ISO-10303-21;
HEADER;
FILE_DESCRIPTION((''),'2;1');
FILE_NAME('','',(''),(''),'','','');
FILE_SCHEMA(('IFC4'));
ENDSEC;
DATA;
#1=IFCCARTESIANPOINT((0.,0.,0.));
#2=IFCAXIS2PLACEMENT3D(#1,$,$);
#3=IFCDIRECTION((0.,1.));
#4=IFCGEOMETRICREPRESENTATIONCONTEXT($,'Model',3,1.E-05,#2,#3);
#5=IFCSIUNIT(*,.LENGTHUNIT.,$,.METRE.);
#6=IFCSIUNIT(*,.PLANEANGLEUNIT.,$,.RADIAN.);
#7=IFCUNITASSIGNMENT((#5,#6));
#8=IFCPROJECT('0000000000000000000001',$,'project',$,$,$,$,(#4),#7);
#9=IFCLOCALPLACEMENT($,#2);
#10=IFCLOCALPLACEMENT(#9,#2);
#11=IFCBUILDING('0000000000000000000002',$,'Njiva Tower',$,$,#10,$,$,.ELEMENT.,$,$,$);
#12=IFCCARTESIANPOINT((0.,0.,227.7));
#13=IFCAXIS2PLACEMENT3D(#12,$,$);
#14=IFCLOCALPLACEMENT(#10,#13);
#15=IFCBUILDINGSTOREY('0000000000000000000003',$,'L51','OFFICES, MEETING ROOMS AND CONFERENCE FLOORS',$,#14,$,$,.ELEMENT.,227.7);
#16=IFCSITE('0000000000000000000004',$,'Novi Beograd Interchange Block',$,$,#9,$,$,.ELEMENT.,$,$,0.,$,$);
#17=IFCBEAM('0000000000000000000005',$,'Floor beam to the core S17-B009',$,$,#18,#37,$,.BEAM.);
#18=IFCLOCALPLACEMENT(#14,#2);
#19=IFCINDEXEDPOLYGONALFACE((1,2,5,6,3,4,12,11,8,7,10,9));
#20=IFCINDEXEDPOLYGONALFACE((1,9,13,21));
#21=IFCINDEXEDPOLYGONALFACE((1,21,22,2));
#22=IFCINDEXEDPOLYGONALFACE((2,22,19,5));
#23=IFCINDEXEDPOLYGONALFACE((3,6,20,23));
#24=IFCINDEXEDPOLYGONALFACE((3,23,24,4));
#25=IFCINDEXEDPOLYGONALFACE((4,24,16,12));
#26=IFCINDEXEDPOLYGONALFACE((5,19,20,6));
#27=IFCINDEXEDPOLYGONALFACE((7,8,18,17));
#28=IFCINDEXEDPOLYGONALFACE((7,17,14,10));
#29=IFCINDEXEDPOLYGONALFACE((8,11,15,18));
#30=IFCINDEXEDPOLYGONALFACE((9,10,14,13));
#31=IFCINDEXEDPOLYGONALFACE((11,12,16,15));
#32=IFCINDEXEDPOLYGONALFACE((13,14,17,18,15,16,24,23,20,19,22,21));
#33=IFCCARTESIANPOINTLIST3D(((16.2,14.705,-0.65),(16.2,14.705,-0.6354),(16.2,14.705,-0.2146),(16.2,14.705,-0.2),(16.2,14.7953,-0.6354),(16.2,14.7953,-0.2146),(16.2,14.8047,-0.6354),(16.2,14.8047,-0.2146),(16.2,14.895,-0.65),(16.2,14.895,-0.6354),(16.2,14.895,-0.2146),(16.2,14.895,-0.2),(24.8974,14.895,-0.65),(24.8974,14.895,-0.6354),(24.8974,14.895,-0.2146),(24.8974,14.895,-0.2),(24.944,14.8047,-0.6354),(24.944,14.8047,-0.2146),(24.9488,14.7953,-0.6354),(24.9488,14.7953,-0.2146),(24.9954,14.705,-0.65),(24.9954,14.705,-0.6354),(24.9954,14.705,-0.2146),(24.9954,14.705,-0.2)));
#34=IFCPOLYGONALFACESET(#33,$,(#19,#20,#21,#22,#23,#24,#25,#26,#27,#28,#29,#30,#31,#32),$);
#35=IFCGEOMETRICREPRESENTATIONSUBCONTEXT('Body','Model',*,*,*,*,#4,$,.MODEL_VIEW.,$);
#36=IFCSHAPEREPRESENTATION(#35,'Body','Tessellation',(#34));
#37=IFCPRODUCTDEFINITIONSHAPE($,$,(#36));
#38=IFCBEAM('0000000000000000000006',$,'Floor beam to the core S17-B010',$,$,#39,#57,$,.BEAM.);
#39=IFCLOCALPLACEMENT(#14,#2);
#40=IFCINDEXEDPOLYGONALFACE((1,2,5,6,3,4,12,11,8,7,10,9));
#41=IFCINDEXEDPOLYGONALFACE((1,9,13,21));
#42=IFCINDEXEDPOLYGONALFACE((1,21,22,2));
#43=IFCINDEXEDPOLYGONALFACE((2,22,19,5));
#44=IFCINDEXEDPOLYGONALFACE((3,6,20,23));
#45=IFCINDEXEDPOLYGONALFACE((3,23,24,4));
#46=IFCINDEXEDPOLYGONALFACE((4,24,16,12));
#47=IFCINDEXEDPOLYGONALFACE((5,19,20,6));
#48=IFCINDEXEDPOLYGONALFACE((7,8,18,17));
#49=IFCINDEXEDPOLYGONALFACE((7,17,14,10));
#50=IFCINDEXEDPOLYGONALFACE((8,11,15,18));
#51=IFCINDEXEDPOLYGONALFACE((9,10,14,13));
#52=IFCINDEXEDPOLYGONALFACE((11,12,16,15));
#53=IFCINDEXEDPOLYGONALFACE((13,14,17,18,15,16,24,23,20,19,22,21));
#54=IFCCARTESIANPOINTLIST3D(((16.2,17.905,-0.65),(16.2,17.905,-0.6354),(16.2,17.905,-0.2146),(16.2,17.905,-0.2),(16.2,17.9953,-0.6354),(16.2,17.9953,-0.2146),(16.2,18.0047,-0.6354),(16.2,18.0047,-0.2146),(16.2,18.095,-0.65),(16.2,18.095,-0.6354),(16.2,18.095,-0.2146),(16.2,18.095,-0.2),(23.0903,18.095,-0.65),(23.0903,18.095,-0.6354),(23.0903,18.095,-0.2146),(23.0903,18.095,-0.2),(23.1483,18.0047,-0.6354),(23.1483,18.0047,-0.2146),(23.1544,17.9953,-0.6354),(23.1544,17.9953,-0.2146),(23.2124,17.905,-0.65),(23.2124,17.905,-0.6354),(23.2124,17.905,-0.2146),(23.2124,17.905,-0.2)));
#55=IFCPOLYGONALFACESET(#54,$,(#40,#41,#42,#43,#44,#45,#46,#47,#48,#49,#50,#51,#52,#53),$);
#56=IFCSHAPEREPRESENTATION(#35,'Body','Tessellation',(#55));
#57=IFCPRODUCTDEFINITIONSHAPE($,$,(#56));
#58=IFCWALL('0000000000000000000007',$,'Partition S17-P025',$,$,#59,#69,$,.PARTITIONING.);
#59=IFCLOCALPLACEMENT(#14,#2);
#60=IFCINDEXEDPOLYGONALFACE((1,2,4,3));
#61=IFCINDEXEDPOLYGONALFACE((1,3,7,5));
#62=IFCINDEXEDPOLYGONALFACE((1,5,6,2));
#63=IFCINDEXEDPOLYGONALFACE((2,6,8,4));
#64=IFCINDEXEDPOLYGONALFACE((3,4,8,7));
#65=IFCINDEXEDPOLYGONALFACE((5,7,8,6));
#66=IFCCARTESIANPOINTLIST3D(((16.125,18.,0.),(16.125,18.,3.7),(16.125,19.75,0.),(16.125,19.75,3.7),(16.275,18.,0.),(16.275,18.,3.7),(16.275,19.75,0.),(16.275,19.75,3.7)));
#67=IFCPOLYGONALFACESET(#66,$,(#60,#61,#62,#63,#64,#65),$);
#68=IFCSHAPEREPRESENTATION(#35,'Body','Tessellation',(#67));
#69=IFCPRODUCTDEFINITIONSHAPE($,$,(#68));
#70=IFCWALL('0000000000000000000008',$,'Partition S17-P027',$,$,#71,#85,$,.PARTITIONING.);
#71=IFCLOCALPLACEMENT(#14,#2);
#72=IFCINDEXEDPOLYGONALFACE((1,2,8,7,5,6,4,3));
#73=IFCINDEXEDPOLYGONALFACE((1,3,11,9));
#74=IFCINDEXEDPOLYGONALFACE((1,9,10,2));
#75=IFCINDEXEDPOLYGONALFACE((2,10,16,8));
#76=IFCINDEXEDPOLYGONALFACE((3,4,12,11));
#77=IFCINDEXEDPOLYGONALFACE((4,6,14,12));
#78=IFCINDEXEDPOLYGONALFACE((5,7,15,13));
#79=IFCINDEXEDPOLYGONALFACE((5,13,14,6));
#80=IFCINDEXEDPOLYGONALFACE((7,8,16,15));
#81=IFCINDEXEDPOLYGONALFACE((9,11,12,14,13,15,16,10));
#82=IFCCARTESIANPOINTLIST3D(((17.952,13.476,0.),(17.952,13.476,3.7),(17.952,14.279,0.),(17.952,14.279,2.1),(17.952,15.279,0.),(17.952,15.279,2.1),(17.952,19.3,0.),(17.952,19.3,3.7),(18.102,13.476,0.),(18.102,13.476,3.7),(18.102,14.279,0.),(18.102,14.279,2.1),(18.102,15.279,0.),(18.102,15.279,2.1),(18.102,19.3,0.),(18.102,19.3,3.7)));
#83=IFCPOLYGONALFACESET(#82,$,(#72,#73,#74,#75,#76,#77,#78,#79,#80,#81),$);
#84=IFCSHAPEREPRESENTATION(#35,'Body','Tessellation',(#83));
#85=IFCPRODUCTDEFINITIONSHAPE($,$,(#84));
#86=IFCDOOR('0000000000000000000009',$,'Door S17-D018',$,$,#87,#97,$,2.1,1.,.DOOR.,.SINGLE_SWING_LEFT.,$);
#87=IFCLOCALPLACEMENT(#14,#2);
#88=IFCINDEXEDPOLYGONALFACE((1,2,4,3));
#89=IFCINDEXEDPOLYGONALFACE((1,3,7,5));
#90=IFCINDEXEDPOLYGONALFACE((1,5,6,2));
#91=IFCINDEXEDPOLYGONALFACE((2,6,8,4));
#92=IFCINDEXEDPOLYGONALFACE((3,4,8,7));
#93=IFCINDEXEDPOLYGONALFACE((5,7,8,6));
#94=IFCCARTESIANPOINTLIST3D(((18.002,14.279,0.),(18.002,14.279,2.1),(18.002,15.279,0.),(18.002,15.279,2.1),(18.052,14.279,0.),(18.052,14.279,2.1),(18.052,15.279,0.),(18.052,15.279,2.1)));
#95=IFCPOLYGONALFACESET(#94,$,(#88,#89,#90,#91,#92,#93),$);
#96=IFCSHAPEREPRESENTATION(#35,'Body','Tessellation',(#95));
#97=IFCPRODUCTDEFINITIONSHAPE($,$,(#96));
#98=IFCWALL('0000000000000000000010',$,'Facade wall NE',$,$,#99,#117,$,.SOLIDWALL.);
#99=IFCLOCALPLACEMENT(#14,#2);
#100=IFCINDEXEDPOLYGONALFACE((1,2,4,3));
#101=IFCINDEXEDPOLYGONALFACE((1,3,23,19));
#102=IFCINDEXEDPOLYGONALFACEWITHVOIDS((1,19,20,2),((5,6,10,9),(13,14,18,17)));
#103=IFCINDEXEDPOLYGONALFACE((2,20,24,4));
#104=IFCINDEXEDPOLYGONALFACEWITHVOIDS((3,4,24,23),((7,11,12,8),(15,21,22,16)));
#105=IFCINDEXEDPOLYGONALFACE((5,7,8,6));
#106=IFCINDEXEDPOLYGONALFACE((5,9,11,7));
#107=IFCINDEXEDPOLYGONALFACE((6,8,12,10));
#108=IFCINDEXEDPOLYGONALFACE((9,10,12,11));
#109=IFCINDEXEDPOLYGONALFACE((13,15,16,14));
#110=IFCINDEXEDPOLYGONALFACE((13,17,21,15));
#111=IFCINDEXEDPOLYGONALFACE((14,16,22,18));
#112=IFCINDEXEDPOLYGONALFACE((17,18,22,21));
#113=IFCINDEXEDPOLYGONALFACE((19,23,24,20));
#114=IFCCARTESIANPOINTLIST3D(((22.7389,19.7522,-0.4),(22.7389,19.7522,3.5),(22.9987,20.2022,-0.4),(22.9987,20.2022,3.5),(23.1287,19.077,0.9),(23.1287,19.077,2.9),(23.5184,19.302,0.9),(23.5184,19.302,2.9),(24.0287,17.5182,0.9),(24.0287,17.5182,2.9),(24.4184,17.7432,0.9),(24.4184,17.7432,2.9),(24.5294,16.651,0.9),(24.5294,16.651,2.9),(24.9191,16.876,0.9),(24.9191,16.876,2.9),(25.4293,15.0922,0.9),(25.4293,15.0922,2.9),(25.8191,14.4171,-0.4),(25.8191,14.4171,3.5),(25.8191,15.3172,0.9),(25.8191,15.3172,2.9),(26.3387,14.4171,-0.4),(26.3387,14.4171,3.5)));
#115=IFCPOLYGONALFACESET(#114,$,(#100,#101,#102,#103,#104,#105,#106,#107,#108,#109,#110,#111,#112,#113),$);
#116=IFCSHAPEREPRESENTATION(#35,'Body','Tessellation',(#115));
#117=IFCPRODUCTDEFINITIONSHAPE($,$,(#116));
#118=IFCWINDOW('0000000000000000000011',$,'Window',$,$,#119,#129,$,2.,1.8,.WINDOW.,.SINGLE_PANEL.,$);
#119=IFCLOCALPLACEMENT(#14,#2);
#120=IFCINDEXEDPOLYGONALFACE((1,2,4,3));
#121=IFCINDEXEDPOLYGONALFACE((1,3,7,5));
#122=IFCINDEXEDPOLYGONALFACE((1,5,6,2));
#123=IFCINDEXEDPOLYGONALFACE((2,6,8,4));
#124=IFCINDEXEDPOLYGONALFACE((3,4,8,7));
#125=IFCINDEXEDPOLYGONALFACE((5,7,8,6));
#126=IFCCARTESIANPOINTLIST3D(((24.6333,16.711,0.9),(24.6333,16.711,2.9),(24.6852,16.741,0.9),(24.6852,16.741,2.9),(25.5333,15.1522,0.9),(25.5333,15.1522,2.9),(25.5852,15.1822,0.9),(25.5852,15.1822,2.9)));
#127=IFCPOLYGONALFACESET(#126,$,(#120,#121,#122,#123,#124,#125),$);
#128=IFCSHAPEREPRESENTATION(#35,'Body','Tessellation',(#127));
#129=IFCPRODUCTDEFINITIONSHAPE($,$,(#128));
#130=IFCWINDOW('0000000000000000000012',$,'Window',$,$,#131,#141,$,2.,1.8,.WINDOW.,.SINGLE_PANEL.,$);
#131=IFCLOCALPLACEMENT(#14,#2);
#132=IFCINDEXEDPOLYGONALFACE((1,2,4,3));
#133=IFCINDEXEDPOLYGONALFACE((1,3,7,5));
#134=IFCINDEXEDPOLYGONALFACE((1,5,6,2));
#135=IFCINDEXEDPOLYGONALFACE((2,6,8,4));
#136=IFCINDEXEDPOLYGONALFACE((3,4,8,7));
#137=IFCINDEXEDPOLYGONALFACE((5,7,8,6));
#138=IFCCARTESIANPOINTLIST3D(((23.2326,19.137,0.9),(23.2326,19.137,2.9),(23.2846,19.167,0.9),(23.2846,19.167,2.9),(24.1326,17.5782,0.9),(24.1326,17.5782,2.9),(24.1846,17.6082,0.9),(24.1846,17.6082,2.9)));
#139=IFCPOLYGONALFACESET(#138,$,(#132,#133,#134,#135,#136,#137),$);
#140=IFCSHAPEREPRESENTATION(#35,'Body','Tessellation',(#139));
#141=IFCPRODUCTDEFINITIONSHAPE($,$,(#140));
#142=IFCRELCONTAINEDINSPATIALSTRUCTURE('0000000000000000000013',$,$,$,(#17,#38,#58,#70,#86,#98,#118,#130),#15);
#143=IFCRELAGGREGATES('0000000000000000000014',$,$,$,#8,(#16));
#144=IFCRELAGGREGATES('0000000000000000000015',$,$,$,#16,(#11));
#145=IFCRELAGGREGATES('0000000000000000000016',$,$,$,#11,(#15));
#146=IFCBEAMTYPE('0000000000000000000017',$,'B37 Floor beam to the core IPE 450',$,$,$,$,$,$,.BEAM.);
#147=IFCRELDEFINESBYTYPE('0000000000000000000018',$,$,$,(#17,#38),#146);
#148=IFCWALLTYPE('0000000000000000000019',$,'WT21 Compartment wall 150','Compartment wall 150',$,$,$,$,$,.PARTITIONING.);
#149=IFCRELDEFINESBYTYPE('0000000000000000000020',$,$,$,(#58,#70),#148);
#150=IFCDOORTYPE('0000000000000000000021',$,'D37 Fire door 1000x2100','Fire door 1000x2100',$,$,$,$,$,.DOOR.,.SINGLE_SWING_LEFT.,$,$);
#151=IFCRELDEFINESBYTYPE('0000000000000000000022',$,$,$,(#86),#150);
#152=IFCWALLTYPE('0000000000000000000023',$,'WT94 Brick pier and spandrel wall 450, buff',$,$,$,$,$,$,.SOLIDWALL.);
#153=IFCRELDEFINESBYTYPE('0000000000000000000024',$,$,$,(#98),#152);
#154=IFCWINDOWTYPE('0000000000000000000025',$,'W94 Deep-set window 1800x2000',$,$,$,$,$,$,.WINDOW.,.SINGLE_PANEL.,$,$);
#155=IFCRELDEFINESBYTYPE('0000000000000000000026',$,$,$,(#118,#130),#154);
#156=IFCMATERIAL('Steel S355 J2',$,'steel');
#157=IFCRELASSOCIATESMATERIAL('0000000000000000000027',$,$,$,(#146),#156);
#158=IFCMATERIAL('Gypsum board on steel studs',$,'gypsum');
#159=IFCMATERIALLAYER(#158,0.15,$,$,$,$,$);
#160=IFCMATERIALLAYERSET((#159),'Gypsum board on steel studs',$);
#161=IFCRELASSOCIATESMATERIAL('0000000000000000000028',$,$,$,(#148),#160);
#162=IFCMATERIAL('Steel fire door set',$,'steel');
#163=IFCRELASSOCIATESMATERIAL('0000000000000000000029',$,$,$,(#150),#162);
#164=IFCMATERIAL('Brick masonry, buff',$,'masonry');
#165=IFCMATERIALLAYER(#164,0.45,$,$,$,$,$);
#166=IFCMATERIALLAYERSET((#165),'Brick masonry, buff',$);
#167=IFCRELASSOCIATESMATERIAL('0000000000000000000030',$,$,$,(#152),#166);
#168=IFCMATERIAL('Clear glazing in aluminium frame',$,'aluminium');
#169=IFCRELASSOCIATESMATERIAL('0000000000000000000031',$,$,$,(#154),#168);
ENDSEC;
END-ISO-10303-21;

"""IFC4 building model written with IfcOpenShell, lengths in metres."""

from ifc_helpers import new_model, si_unit, direction, frame, frame_2d, origin, origin_2d, place, context, subcontext, project, spatial, polyline, rectangle, i_section, outline, extrude, clip, halfspace, material, layer, layer_set, material_profile, profile_set, type_object, element, fill, save


model = new_model("IFC4")

# Units and contexts
model_context = context("Model", 3, precision=1e-05, world=origin(), true_north=direction((0.0, 1.0)))
body_context = subcontext(model_context, "Body", "Model", "MODEL_VIEW")
ifc_project = project(units=[si_unit("LENGTHUNIT", "METRE"), si_unit("PLANEANGLEUNIT", "RADIAN")], contexts=[model_context])

# Site, building, storey
site_placement = place(None, origin())
site = spatial("IfcSite", under=ifc_project, at=site_placement, Name="Novi Beograd Interchange Block", CompositionType="ELEMENT", RefElevation=0.0)
building_placement = place(site_placement, origin())
building = spatial("IfcBuilding", under=site, at=building_placement, Name="Njiva Tower", CompositionType="ELEMENT")
storey_placement = place(building_placement, frame((0.0, 0.0, 227.7)))
storey = spatial("IfcBuildingStorey", under=building, at=storey_placement, Name="L51", Description="OFFICES, MEETING ROOMS AND CONFERENCE FLOORS", CompositionType="ELEMENT", Elevation=227.7)

# Shared definitions
ifc_material_1 = material(Name="Steel S355 J2", Category="steel")

# Beams
ifc_material_profile_1 = material_profile(ifc_material_1, i_section(OverallWidth=0.19, OverallDepth=0.45, WebThickness=0.0094, FlangeThickness=0.0146, at=origin_2d()), Name="IPE 450")
ifc_profile_set_1 = profile_set([ifc_material_profile_1], Name="Steel S355 J2")
beam_type_1 = type_object("IfcBeamType", Name="B37 Floor beam to the core IPE 450", PredefinedType="BEAM", material=ifc_profile_set_1)
beam_1_placement = place(storey_placement, frame((16.2, 14.8, -0.425), z_axis=(1.0, 0.0, 0.0), x_axis=(0.0, 1.0, 0.0)))
element("IfcBeam", 1, at=beam_1_placement, inside=storey, type_object=beam_type_1, Name="Floor beam to the core S17-B009", PredefinedType="BEAM", context=body_context, shape_type="Clipping", body=[
    clip(extrude(i_section(OverallWidth=0.19, OverallDepth=0.45, WebThickness=0.0094, FlangeThickness=0.0146, at=origin_2d()), origin(), (0.0, 0.0, 1.0), 8.815), halfspace(frame((0.0229, 0.0, 8.7346), z_axis=(0.458331, 0.0, 0.888782), x_axis=(0.0, 1.0, 0.0)), False)),
])
beam_2_placement = place(storey_placement, frame((16.2, 18.0, -0.425), z_axis=(1.0, 0.0, 0.0), x_axis=(0.0, 1.0, 0.0)))
element("IfcBeam", 2, at=beam_2_placement, inside=storey, type_object=beam_type_1, Name="Floor beam to the core S17-B010", PredefinedType="BEAM", context=body_context, shape_type="Clipping", body=[
    clip(extrude(i_section(OverallWidth=0.19, OverallDepth=0.45, WebThickness=0.0094, FlangeThickness=0.0146, at=origin_2d()), origin(), (0.0, 0.0, 1.0), 7.032), halfspace(frame((0.027, 0.0, 6.934), z_axis=(0.540539, 0.0, 0.841319), x_axis=(0.0, 1.0, 0.0)), False)),
])

# Wall
ifc_material_2 = material(Name="Gypsum board on steel studs", Category="gypsum")
ifc_layer_1 = layer(ifc_material_2, 0.15)
ifc_layer_set_1 = layer_set([ifc_layer_1], Name="Gypsum board on steel studs")
wall_type_1 = type_object("IfcWallType", Name="WT21 Compartment wall 150", Description="Compartment wall 150", PredefinedType="PARTITIONING", material=ifc_layer_set_1)
wall_1_placement = place(storey_placement, frame((16.2, 18.0, 0.0), z_axis=(0.0, 0.0, 1.0), x_axis=(0.0, 1.0, 0.0)))
element("IfcWall", 3, at=wall_1_placement, inside=storey, type_object=wall_type_1, Name="Partition S17-P025", PredefinedType="PARTITIONING", context=body_context, shape_type="SweptSolid", body=[
    extrude(rectangle(XDim=1.75, YDim=0.15, at=frame_2d((0.875, 0.0))), origin(), (0.0, 0.0, 1.0), 3.7),
])

# Wall, opening, door
wall_2_placement = place(storey_placement, frame((18.027, 13.476, 0.0), z_axis=(0.0, 0.0, 1.0), x_axis=(0.0, 1.0, 0.0)))
wall_2 = element("IfcWall", 4, at=wall_2_placement, inside=storey, type_object=wall_type_1, Name="Partition S17-P027", PredefinedType="PARTITIONING", context=body_context, shape_type="SweptSolid", body=[
    extrude(rectangle(XDim=5.824, YDim=0.15, at=frame_2d((2.912, 0.0))), origin(), (0.0, 0.0, 1.0), 3.7),
])
opening_1_placement = place(wall_2_placement, frame((0.803, 0.0, 0.0)))
opening_1 = element("IfcOpeningElement", 5, at=opening_1_placement, cuts=wall_2, PredefinedType="OPENING", context=body_context, shape_type="SweptSolid", body=[
    extrude(rectangle(XDim=1.0, YDim=2.1, at=frame_2d((0.5, 1.05))), frame((0.0, 0.085, 0.0), z_axis=(0.0, -1.0, 0.0), x_axis=(1.0, 0.0, 0.0)), (0.0, 0.0, 1.0), 0.17),
])
ifc_material_3 = material(Name="Steel fire door set", Category="steel")
door_type = type_object("IfcDoorType", Name="D37 Fire door 1000x2100", Description="Fire door 1000x2100", OperationType="SINGLE_SWING_LEFT", PredefinedType="DOOR", material=ifc_material_3)
door_placement = place(opening_1_placement, origin())
door = element("IfcDoor", 6, at=door_placement, inside=storey, type_object=door_type, Name="Door S17-D018", OperationType="SINGLE_SWING_LEFT", OverallHeight=2.1, OverallWidth=1.0, PredefinedType="DOOR", context=body_context, shape_type="SweptSolid", body=[
    extrude(rectangle(XDim=1.0, YDim=2.1, at=frame_2d((0.5, 1.05))), frame((0.0, 0.025, 0.0), z_axis=(0.0, -1.0, 0.0), x_axis=(1.0, 0.0, 0.0)), (0.0, 0.0, 1.0), 0.05),
])
fill(opening_1, door)

# Wall, openings, windows
ifc_material_4 = material(Name="Clear glazing in aluminium frame", Category="aluminium")
ifc_material_5 = material(Name="Brick masonry, buff", Category="masonry")
ifc_layer_2 = layer(ifc_material_5, 0.45)
ifc_layer_set_2 = layer_set([ifc_layer_2], Name="Brick masonry, buff")
wall_type_2 = type_object("IfcWallType", Name="WT94 Brick pier and spandrel wall 450, buff", PredefinedType="SOLIDWALL", material=ifc_layer_set_2)
wall_3_placement = place(storey_placement, frame((26.0789, 14.4171, -0.4), z_axis=(0.0, 0.0, 1.0), x_axis=(-0.499997, 0.866027, 0.0)))
wall_3 = element("IfcWall", 7, at=wall_3_placement, inside=storey, type_object=wall_type_2, Name="Facade wall NE", PredefinedType="SOLIDWALL", context=body_context, shape_type="SweptSolid", body=[
    extrude(outline(polyline([(-0.1299, -0.225), (6.5501, -0.225), (6.2903, 0.225), (0.1299, 0.225), (-0.1299, -0.225)])), origin(), (0.0, 0.0, 1.0), 3.9),
])
opening_2_placement = place(wall_3_placement, frame((0.9094, 0.0, 1.3)))
opening_2 = element("IfcOpeningElement", 8, at=opening_2_placement, cuts=wall_3, PredefinedType="OPENING", context=body_context, shape_type="SweptSolid", body=[
    extrude(rectangle(XDim=1.8, YDim=2.0, at=frame_2d((0.9, 1.0))), frame((0.0, 0.235, 0.0), z_axis=(0.0, -1.0, 0.0), x_axis=(1.0, 0.0, 0.0)), (0.0, 0.0, 1.0), 0.47),
])
opening_3_placement = place(wall_3_placement, frame((3.7107, 0.0, 1.3)))
opening_3 = element("IfcOpeningElement", 9, at=opening_3_placement, cuts=wall_3, PredefinedType="OPENING", context=body_context, shape_type="SweptSolid", body=[
    extrude(rectangle(XDim=1.8, YDim=2.0, at=frame_2d((0.9, 1.0))), frame((0.0, 0.235, 0.0), z_axis=(0.0, -1.0, 0.0), x_axis=(1.0, 0.0, 0.0)), (0.0, 0.0, 1.0), 0.47),
])
window_type_1 = type_object("IfcWindowType", Name="W94 Deep-set window 1800x2000", PartitioningType="SINGLE_PANEL", PredefinedType="WINDOW", material=ifc_material_4)
window_1_placement = place(opening_2_placement, origin())
window_1 = element("IfcWindow", 10, at=window_1_placement, inside=storey, type_object=window_type_1, Name="Window", OverallHeight=2.0, OverallWidth=1.8, PartitioningType="SINGLE_PANEL", PredefinedType="WINDOW", context=body_context, shape_type="SweptSolid", body=[
    extrude(rectangle(XDim=1.8, YDim=2.0, at=frame_2d((0.9, 1.0))), frame((0.0, 0.105, 0.0), z_axis=(0.0, -1.0, 0.0), x_axis=(1.0, 0.0, 0.0)), (0.0, 0.0, 1.0), 0.06),
])
fill(opening_2, window_1)
window_2_placement = place(opening_3_placement, origin())
window_2 = element("IfcWindow", 11, at=window_2_placement, inside=storey, type_object=window_type_1, Name="Window", OverallHeight=2.0, OverallWidth=1.8, PartitioningType="SINGLE_PANEL", PredefinedType="WINDOW", context=body_context, shape_type="SweptSolid", body=[
    extrude(rectangle(XDim=1.8, YDim=2.0, at=frame_2d((0.9, 1.0))), frame((0.0, 0.105, 0.0), z_axis=(0.0, -1.0, 0.0), x_axis=(1.0, 0.0, 0.0)), (0.0, 0.0, 1.0), 0.06),
])
fill(opening_3, window_2)

save(model, "model.ifc")
